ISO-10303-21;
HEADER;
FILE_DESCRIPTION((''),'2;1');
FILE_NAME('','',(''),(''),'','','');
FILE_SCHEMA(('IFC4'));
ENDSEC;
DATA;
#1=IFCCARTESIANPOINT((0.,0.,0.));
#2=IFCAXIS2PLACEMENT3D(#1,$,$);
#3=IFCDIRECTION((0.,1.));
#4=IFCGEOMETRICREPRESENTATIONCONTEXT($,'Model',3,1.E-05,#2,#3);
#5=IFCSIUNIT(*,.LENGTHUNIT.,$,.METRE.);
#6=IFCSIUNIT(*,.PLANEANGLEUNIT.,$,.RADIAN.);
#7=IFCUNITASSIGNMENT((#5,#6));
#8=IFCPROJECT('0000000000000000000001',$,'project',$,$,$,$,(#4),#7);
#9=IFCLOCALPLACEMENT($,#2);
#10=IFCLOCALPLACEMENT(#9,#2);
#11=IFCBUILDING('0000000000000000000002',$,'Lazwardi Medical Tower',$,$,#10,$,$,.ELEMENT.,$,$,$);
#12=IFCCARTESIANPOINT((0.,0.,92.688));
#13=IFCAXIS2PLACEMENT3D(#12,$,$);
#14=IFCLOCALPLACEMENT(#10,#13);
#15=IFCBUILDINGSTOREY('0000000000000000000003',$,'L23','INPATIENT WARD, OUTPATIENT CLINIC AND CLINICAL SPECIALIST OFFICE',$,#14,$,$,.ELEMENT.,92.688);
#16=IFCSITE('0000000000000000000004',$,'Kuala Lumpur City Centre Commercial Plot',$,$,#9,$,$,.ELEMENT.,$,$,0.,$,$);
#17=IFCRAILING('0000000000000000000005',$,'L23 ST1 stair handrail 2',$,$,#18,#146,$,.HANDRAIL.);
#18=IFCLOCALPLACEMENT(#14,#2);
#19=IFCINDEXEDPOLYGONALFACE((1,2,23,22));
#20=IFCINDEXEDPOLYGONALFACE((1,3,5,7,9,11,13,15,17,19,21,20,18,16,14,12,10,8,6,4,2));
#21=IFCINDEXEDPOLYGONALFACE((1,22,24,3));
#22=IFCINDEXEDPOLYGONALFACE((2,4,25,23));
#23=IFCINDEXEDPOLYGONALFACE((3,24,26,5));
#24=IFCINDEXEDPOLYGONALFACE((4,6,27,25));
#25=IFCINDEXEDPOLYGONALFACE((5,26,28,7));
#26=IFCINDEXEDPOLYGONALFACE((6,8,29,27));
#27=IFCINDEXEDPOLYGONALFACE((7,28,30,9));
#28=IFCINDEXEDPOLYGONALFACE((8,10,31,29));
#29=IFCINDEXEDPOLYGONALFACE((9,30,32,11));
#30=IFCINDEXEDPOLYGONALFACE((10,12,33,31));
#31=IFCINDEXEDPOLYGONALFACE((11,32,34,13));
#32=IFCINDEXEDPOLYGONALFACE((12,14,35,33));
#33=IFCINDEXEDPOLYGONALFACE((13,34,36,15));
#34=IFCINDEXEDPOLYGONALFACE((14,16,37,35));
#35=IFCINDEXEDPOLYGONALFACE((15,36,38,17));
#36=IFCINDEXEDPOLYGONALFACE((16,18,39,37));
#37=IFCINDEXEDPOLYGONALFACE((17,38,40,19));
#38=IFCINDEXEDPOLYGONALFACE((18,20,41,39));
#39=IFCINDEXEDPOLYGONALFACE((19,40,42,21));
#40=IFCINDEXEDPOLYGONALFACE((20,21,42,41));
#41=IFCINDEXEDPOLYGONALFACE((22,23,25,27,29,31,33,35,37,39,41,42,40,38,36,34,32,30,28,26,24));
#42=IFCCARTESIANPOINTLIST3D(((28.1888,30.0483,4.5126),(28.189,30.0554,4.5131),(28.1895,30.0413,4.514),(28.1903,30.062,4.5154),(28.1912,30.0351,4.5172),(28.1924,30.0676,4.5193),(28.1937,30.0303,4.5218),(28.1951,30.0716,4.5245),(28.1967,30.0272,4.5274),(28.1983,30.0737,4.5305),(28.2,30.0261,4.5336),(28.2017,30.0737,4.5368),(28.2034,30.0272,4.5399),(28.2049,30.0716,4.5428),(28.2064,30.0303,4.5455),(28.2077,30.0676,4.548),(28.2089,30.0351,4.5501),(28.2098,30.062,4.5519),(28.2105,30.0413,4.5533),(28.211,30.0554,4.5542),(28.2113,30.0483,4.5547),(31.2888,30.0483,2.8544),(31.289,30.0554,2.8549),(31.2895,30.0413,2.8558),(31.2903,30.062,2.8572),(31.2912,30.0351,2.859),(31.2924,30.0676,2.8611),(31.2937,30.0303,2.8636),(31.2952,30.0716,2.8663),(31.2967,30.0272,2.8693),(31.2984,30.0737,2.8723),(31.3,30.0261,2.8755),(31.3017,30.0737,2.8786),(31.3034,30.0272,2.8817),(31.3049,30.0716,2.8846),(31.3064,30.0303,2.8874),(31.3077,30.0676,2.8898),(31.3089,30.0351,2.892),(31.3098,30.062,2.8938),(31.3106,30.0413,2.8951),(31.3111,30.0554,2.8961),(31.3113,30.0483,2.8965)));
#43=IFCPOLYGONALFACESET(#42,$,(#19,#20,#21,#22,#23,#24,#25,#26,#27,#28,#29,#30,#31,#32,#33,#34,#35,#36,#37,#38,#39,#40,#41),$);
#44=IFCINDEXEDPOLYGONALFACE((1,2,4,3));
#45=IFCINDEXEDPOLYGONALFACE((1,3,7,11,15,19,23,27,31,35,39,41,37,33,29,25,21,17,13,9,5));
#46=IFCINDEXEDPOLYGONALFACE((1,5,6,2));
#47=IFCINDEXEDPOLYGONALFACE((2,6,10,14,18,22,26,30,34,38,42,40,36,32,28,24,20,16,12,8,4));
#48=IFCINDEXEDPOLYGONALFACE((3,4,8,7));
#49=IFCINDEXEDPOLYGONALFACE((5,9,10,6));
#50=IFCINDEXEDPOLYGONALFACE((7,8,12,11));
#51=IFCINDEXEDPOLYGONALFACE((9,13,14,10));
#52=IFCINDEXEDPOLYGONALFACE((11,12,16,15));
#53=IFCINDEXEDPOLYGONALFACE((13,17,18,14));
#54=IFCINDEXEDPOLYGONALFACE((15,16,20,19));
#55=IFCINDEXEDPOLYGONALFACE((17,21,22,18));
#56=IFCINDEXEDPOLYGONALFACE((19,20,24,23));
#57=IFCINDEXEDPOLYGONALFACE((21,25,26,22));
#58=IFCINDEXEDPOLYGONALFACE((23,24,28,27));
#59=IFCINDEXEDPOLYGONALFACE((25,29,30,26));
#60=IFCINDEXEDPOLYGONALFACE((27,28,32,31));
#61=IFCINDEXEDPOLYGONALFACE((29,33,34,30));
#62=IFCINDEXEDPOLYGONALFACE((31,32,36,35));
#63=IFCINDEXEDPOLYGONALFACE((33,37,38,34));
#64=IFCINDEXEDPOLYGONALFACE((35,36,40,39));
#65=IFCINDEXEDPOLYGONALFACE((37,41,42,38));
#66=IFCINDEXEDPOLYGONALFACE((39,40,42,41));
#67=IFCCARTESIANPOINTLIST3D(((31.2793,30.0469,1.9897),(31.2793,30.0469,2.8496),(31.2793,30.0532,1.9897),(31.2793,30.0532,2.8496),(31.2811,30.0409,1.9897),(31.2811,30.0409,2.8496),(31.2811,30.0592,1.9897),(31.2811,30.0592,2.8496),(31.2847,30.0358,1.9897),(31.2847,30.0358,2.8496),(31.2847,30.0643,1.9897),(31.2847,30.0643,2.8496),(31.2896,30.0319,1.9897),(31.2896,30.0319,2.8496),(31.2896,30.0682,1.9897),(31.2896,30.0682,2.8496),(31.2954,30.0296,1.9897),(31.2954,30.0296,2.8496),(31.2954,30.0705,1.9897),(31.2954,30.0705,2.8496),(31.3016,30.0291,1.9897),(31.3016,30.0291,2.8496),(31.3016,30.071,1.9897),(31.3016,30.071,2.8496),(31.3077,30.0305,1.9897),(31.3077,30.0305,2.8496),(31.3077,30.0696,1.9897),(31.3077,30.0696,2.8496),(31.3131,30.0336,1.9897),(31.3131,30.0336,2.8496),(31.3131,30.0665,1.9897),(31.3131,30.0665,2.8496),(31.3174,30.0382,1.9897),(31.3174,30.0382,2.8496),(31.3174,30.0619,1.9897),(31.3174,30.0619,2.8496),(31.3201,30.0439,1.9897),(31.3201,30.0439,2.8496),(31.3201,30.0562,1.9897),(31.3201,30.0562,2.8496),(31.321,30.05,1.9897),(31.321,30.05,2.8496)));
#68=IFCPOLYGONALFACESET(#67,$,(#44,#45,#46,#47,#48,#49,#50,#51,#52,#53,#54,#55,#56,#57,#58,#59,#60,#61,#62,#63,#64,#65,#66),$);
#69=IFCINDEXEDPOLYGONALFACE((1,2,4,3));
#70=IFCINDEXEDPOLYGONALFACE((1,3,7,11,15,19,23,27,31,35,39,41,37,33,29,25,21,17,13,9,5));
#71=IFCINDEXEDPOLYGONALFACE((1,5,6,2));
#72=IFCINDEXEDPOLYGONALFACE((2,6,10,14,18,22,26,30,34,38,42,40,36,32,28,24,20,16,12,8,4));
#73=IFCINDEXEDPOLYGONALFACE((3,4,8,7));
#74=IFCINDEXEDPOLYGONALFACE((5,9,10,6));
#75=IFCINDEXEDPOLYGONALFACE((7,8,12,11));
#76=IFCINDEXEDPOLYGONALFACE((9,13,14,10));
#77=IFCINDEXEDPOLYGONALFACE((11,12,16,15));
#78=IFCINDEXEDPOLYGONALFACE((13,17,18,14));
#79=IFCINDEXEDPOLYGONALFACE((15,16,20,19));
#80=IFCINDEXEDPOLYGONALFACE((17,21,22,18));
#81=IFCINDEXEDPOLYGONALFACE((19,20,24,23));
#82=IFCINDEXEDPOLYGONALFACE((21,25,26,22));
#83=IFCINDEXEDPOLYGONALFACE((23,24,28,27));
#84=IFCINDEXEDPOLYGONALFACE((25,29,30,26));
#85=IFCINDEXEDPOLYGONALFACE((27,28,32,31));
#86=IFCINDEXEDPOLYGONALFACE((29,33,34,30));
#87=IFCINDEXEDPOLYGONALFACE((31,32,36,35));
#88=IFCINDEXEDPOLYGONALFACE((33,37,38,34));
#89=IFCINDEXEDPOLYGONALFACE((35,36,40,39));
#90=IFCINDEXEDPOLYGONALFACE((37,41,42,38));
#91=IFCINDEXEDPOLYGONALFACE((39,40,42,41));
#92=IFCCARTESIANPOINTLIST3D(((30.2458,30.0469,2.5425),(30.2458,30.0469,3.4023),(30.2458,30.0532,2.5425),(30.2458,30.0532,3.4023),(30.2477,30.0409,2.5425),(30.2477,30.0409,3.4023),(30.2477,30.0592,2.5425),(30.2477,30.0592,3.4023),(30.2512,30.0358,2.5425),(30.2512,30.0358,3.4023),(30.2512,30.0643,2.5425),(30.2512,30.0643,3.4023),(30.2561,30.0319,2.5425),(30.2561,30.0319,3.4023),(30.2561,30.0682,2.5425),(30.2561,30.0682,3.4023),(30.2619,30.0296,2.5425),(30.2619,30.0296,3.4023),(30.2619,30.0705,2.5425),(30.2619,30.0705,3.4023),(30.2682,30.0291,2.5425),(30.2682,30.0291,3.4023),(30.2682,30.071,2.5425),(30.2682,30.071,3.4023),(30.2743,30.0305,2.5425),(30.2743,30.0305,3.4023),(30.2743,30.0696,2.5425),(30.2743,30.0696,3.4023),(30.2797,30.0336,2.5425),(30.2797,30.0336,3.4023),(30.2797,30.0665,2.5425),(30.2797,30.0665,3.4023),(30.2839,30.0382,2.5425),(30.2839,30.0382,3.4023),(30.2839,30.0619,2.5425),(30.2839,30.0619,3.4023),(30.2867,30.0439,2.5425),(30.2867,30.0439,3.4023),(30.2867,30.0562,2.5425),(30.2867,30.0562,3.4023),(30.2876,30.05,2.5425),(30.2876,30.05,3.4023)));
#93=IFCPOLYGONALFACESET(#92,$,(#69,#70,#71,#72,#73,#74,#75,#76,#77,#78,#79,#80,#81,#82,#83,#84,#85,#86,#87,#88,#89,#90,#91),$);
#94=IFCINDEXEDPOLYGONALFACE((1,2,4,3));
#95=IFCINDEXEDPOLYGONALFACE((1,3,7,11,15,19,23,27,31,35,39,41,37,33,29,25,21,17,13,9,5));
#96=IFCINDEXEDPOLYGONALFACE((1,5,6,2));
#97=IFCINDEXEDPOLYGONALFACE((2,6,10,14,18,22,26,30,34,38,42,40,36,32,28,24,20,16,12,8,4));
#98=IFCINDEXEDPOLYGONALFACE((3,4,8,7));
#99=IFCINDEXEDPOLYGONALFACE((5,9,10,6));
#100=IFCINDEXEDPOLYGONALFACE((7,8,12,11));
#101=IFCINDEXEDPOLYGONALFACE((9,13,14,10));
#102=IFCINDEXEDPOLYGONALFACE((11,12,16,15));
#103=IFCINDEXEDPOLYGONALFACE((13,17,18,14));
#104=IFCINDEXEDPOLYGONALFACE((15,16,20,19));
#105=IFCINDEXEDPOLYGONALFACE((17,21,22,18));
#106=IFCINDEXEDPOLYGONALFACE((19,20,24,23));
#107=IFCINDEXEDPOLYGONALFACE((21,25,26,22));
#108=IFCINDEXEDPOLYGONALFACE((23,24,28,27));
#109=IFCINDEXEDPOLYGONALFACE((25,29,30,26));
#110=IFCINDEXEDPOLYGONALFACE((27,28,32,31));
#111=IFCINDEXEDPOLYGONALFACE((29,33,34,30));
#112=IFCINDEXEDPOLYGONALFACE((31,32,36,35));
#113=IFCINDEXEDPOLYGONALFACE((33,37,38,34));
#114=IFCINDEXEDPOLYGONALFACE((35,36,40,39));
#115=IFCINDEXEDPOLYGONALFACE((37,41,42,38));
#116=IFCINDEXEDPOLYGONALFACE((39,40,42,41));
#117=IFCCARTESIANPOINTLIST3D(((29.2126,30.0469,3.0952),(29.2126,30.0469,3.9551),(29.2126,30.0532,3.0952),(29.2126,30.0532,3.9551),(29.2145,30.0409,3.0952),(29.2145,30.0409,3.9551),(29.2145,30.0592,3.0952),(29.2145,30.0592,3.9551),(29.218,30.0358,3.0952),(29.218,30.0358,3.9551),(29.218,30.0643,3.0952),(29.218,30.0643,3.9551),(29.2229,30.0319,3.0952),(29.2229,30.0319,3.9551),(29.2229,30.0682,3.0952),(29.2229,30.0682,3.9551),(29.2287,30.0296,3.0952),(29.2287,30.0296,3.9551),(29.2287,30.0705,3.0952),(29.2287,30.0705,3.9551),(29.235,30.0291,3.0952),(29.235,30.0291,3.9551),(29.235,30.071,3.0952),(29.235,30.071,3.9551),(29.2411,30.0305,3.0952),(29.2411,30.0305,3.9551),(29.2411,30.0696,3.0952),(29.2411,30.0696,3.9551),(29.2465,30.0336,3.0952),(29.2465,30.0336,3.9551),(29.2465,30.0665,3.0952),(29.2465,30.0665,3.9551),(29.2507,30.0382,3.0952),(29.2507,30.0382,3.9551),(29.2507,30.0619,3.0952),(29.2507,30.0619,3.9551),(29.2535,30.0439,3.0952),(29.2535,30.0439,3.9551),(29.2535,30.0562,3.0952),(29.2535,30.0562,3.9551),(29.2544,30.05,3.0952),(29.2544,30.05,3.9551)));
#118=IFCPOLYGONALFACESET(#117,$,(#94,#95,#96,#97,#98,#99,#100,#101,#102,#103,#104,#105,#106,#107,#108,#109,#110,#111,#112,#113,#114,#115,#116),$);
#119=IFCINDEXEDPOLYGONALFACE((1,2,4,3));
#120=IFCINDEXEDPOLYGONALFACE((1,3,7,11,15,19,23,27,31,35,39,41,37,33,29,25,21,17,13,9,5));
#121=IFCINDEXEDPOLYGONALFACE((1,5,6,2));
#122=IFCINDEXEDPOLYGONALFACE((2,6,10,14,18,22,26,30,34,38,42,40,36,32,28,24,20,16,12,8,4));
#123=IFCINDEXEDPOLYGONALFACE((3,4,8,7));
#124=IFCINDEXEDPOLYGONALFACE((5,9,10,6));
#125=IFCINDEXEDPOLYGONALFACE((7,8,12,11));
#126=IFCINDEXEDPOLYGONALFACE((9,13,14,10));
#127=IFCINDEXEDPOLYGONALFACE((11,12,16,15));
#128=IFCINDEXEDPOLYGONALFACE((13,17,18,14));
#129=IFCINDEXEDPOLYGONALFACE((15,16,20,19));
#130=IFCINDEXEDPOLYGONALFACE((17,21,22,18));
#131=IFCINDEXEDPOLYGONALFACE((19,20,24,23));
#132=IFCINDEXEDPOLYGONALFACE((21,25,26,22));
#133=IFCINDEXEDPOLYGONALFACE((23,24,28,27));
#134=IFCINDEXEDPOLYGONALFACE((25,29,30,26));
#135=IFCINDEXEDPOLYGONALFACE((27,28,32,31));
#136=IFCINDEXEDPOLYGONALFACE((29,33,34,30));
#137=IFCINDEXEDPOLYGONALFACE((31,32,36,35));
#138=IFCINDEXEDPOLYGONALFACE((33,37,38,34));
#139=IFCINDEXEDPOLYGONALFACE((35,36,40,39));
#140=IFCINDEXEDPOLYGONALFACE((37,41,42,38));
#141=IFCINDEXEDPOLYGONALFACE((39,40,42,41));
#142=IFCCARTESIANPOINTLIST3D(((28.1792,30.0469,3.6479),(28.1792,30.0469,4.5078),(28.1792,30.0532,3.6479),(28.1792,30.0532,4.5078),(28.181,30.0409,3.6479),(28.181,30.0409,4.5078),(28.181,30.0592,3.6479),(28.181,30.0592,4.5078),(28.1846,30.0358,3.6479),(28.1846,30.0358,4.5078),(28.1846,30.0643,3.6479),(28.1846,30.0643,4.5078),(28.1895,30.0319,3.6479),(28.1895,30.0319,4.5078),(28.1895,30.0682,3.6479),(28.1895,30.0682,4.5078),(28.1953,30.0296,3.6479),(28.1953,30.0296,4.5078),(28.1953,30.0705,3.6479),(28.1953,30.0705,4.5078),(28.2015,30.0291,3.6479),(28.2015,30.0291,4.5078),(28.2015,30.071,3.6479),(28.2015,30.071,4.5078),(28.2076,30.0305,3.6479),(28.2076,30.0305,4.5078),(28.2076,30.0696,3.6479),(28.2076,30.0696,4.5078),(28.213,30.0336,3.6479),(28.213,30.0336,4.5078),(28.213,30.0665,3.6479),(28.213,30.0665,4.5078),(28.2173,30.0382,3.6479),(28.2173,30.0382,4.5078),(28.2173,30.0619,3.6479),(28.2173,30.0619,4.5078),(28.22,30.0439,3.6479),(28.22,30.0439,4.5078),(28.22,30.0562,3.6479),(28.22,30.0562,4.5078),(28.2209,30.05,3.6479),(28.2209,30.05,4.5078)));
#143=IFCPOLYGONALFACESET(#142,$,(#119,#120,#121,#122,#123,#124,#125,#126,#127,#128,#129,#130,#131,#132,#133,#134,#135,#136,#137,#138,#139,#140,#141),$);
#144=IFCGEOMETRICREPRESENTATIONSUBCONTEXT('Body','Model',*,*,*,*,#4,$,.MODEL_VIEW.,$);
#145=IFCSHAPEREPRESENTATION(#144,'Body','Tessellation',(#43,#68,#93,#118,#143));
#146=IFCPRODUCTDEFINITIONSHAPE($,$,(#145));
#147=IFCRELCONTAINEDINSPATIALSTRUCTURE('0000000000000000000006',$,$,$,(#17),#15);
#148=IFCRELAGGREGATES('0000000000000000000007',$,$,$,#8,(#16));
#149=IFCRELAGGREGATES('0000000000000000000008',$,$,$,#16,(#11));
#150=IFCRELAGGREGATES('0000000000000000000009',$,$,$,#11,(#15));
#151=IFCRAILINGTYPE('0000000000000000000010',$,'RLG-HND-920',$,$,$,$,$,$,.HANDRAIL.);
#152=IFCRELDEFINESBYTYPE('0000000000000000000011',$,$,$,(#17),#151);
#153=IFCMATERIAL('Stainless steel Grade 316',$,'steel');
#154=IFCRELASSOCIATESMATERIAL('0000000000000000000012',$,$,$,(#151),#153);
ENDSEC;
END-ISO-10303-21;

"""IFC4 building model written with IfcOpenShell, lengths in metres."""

from ifc_helpers import new_model, si_unit, direction, frame, origin, origin_2d, place, context, subcontext, project, spatial, circle, extrude, material, type_object, element, save


model = new_model("IFC4")

# Units and contexts
model_context = context("Model", 3, precision=1e-05, world=origin(), true_north=direction((0.0, 1.0)))
body_context = subcontext(model_context, "Body", "Model", "MODEL_VIEW")
ifc_project = project(units=[si_unit("LENGTHUNIT", "METRE"), si_unit("PLANEANGLEUNIT", "RADIAN")], contexts=[model_context])

# Site, building, storey
site_placement = place(None, origin())
site = spatial("IfcSite", under=ifc_project, at=site_placement, Name="Kuala Lumpur City Centre Commercial Plot", CompositionType="ELEMENT", RefElevation=0.0)
building_placement = place(site_placement, origin())
building = spatial("IfcBuilding", under=site, at=building_placement, Name="Lazwardi Medical Tower", CompositionType="ELEMENT")
storey_placement = place(building_placement, frame((0.0, 0.0, 92.688)))
storey = spatial("IfcBuildingStorey", under=building, at=storey_placement, Name="L23", Description="INPATIENT WARD, OUTPATIENT CLINIC AND CLINICAL SPECIALIST OFFICE", CompositionType="ELEMENT", Elevation=92.688)

# Railing
ifc_material_1 = material(Name="Stainless steel Grade 316", Category="steel")
railing_type = type_object("IfcRailingType", Name="RLG-HND-920", PredefinedType="HANDRAIL", material=ifc_material_1)
railing_placement = place(storey_placement, frame((31.3, 30.05, 1.9897)))
element("IfcRailing", 1, at=railing_placement, inside=storey, type_object=railing_type, Name="L23 ST1 stair handrail 2", PredefinedType="HANDRAIL", context=body_context, shape_type="SweptSolid", body=[
    extrude(circle(Radius=0.0239, at=origin_2d()), frame((0.0, 0.0, 0.8857), z_axis=(-0.881783, 0.0, 0.471655), x_axis=(0.0, -1.0, 0.0)), (0.0, 0.0, 1.0), 3.5156),
    extrude(circle(Radius=0.021, at=origin_2d()), origin(), (0.0, 0.0, 1.0), 0.8599),
    extrude(circle(Radius=0.021, at=origin_2d()), frame((-1.0334, 0.0, 0.5527)), (0.0, 0.0, 1.0), 0.8599),
    extrude(circle(Radius=0.021, at=origin_2d()), frame((-2.0667, 0.0, 1.1055)), (0.0, 0.0, 1.0), 0.8599),
    extrude(circle(Radius=0.021, at=origin_2d()), frame((-3.1001, 0.0, 1.6582)), (0.0, 0.0, 1.0), 0.8599),
])

save(model, "model.ifc")
